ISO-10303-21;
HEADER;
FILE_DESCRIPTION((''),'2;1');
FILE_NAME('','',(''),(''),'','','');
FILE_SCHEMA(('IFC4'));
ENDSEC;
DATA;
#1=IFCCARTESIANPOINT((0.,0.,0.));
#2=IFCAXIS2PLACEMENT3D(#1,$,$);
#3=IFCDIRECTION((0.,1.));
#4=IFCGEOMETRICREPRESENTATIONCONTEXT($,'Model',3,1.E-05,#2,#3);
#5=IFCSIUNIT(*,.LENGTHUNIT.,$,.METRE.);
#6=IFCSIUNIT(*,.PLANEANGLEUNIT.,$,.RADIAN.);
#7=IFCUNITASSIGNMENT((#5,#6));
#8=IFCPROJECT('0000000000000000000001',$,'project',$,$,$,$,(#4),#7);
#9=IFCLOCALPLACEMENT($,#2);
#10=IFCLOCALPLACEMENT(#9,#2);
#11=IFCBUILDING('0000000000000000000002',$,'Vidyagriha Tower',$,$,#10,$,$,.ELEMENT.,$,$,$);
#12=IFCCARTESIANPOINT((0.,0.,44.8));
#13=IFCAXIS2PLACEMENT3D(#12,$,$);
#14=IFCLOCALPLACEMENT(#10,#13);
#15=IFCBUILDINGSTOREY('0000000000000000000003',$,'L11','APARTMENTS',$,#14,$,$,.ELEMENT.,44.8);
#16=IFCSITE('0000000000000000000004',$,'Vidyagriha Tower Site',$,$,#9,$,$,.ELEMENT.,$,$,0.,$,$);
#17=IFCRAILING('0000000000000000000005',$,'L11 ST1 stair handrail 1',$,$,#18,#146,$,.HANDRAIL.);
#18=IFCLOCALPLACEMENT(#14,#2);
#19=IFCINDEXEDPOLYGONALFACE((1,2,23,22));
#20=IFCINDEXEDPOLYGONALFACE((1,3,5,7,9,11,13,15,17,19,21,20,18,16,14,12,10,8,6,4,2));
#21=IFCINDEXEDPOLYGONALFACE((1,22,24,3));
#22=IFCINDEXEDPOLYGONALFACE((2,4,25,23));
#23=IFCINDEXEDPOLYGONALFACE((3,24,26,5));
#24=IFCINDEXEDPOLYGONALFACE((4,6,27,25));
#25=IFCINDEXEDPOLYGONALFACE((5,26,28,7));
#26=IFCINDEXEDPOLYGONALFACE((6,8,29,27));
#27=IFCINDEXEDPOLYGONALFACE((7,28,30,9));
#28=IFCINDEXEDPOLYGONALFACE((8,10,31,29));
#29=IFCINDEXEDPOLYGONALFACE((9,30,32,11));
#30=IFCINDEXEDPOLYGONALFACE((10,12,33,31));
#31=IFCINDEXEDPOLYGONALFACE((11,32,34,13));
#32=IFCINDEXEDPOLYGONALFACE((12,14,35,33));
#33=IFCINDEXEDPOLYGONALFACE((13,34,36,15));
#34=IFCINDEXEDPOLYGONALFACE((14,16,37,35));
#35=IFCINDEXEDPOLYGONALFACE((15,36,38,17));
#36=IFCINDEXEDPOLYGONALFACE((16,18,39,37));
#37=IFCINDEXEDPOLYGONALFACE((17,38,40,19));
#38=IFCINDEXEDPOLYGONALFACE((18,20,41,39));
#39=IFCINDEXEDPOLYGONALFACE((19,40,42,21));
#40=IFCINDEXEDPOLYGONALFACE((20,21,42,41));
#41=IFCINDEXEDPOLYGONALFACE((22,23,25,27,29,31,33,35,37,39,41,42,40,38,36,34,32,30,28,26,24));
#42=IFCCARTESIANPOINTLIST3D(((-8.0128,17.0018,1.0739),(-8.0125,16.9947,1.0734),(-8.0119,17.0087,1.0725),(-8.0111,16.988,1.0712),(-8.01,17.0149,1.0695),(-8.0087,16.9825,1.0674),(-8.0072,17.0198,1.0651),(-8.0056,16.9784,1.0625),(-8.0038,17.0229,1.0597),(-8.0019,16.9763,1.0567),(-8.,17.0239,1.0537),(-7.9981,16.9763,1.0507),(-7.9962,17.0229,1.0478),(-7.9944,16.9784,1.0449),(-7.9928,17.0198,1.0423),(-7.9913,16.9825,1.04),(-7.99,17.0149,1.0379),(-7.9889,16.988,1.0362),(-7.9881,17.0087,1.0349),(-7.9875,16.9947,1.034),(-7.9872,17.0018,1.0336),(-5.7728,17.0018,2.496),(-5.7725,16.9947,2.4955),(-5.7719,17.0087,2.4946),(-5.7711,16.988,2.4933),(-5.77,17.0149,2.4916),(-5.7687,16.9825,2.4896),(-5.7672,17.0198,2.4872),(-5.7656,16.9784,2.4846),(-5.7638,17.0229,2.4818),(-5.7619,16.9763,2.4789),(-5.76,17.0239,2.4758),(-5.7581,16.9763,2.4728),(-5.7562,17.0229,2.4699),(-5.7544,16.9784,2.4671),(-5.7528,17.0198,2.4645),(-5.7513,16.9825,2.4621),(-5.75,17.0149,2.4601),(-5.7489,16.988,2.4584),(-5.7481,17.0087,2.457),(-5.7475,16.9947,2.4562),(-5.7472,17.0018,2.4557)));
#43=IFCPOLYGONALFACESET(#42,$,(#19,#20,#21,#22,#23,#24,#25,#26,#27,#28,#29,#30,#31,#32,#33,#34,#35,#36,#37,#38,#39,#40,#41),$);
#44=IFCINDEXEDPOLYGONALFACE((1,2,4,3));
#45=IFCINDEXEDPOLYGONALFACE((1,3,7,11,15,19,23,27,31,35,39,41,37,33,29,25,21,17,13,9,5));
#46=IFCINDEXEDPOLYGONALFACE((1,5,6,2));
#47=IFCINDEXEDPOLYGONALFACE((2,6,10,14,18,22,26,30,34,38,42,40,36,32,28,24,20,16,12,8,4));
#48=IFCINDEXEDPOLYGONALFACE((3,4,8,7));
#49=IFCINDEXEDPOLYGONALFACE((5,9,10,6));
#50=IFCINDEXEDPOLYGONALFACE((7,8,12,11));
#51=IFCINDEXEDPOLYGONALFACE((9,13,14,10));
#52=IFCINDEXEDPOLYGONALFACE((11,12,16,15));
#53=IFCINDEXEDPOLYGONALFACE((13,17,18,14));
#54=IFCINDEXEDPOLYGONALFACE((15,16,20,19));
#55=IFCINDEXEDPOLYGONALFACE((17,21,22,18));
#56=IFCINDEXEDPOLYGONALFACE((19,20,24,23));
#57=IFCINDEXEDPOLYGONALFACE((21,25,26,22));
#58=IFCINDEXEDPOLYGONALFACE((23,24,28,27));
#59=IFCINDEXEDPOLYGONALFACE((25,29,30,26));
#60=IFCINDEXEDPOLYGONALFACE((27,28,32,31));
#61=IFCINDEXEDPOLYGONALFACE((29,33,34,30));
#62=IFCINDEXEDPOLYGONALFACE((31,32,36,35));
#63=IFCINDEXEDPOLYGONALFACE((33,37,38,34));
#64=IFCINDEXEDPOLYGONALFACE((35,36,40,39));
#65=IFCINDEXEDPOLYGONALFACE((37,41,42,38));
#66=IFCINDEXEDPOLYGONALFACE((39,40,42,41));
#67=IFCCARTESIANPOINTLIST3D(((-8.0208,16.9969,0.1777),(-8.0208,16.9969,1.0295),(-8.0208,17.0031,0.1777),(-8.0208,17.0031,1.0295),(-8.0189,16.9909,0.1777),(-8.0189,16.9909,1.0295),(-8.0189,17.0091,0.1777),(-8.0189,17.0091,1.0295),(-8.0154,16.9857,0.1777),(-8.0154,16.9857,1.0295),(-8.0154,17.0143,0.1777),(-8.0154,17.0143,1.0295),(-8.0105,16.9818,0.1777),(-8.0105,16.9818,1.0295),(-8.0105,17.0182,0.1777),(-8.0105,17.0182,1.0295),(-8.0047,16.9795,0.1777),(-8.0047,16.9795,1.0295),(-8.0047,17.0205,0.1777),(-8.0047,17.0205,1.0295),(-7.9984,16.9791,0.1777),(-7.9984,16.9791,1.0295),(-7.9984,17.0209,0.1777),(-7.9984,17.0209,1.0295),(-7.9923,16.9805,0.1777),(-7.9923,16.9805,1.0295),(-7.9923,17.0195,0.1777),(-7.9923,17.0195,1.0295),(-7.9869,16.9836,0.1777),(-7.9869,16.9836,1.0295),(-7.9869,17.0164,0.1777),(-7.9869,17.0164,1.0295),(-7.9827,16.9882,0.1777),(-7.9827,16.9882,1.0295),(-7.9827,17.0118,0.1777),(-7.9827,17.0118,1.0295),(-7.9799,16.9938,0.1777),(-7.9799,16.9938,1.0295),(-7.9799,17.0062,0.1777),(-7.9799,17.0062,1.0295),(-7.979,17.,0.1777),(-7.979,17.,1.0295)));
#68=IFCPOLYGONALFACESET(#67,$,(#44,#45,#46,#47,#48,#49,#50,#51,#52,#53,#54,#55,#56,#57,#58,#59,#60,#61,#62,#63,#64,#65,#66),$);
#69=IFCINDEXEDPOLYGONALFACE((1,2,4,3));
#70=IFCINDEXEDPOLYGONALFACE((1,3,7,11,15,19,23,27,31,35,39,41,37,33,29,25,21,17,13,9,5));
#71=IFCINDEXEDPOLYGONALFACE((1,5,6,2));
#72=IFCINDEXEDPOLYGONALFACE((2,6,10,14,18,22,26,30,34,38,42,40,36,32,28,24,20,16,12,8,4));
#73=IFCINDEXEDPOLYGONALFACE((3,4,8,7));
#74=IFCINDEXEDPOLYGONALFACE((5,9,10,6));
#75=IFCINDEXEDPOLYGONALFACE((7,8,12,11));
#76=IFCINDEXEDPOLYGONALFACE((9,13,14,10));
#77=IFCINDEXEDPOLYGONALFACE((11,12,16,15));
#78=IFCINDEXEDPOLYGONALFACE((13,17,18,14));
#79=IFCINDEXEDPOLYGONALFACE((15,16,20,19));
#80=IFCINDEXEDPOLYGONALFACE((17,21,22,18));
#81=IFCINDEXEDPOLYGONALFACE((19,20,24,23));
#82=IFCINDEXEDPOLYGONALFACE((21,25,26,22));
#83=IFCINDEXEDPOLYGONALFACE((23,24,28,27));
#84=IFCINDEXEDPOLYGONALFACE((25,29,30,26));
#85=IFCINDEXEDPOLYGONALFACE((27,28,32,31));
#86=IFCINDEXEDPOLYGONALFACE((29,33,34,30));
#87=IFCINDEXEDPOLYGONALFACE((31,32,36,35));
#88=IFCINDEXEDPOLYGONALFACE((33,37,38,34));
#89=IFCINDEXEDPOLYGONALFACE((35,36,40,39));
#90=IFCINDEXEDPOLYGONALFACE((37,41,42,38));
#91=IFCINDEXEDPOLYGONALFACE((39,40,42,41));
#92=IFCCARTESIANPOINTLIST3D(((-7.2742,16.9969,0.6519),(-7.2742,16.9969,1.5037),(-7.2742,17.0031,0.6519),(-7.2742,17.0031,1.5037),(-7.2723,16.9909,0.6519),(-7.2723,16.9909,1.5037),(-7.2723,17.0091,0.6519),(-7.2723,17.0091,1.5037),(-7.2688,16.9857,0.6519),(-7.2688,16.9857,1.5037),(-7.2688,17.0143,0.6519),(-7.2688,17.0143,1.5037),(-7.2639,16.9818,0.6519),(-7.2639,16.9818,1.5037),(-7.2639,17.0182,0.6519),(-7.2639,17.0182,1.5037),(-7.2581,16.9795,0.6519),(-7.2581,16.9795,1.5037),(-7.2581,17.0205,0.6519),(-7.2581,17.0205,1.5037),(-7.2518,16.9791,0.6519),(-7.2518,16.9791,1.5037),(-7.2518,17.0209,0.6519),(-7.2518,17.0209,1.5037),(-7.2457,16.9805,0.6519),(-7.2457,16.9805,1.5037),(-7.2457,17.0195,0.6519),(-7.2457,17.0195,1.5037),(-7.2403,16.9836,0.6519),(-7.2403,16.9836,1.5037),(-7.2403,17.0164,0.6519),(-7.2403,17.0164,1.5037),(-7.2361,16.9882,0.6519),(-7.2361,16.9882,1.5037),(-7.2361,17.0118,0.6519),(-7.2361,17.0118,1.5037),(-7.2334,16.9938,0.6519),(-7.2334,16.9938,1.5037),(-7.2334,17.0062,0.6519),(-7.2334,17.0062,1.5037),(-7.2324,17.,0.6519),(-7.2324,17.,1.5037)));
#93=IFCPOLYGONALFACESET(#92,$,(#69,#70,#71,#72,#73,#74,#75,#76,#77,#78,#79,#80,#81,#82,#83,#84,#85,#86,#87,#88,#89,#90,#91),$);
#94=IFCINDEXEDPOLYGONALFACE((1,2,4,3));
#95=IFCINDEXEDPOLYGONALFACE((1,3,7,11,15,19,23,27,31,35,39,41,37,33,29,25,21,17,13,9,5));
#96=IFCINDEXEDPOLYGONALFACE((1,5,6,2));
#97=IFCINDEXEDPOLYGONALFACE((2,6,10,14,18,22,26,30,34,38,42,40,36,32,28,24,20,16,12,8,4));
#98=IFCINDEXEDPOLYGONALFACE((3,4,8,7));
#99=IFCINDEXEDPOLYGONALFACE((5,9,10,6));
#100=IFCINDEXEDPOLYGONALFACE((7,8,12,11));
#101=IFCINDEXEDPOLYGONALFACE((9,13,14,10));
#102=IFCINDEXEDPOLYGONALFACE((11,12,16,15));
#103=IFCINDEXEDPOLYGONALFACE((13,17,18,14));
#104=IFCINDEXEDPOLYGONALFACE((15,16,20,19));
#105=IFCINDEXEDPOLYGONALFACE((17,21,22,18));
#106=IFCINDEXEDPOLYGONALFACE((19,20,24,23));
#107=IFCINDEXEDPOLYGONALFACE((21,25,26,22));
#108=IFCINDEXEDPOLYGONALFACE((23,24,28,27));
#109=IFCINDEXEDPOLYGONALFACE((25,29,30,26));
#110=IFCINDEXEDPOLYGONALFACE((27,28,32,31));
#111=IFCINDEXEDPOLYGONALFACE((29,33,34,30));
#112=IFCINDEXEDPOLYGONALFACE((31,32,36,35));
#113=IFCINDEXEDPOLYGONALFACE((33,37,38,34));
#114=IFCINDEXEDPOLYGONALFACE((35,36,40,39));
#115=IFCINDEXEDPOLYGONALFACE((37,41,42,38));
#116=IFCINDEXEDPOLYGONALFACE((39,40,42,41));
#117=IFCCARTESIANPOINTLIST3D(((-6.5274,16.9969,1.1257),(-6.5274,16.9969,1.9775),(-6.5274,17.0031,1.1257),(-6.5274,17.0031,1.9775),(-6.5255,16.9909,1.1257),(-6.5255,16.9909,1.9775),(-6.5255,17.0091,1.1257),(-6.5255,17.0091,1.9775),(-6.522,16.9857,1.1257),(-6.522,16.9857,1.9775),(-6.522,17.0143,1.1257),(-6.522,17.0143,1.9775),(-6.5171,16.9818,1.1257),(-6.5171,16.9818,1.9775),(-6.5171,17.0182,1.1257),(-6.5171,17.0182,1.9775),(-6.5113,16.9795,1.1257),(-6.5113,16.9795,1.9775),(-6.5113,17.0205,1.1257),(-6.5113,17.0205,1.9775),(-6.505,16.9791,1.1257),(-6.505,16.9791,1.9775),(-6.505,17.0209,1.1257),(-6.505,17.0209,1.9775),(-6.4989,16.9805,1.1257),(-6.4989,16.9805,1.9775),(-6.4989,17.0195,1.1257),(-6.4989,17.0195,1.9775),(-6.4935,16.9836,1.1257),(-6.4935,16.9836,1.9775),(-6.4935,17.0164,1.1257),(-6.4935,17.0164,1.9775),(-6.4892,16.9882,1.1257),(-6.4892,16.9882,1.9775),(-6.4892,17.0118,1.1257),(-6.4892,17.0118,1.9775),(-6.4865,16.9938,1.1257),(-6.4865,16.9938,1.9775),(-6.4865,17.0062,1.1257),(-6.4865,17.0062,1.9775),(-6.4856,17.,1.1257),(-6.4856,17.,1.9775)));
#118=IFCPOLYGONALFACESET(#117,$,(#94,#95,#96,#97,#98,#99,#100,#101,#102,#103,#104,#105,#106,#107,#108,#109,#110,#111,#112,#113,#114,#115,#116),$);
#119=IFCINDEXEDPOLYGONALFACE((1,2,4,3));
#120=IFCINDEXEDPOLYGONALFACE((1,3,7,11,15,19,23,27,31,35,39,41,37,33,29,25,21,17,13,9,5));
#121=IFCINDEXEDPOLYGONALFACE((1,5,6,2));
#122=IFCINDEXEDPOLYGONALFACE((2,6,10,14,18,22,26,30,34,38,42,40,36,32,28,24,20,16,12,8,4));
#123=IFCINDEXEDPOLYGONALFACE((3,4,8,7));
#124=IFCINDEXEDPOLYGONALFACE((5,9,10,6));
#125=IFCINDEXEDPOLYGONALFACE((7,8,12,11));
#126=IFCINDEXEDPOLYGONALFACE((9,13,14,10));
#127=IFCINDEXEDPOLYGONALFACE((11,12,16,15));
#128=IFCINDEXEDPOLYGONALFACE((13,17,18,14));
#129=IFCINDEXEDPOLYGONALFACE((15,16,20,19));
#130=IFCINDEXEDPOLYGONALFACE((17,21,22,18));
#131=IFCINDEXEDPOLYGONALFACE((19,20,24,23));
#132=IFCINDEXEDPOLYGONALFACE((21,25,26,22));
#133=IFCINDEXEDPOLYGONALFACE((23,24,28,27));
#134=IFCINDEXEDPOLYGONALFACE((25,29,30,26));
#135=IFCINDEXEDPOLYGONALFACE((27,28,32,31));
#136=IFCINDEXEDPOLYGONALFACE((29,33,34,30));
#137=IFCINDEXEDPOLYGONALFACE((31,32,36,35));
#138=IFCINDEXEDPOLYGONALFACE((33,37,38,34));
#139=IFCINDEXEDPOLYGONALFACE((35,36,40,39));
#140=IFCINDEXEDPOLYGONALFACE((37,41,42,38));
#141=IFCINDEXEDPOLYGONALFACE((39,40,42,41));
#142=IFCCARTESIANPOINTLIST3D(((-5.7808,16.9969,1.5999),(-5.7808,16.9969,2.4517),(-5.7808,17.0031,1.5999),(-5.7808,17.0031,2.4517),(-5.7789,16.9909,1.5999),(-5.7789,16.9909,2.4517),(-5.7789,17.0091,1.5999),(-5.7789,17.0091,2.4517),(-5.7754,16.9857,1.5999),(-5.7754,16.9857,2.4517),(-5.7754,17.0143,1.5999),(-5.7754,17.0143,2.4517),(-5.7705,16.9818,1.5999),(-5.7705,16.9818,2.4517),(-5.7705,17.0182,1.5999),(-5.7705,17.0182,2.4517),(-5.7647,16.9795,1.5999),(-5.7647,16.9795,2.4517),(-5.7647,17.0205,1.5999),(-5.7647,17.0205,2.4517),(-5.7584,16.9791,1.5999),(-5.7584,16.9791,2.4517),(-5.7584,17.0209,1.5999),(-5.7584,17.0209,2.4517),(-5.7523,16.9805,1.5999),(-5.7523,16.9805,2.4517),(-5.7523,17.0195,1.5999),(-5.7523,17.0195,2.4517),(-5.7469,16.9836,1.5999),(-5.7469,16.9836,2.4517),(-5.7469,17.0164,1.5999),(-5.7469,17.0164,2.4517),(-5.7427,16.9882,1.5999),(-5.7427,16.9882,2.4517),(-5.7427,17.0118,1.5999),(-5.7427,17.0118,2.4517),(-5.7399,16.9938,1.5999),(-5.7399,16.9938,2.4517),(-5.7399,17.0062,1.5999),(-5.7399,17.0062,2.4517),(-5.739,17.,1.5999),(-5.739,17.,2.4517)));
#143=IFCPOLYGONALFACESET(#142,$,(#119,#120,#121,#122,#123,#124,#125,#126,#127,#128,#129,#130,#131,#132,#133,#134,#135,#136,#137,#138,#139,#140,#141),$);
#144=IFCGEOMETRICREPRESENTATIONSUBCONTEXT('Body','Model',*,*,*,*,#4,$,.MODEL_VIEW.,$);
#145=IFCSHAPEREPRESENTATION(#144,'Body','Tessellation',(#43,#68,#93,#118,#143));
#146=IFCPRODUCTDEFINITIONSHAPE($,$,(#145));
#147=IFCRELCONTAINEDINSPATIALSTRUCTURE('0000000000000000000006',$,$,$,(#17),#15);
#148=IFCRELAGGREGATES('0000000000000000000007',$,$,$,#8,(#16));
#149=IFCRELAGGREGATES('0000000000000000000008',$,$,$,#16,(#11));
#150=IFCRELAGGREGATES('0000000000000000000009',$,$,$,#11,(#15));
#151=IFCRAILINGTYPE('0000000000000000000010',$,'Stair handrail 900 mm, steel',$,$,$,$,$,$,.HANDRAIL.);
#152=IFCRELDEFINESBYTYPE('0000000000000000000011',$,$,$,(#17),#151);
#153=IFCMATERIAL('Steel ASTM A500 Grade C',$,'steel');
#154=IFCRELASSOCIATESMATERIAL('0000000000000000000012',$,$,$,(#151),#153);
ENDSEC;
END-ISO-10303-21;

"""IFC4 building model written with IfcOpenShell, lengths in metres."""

from ifc_helpers import new_model, si_unit, direction, frame, origin, origin_2d, place, context, subcontext, project, spatial, circle, extrude, material, type_object, element, save


model = new_model("IFC4")

# Units and contexts
model_context = context("Model", 3, precision=1e-05, world=origin(), true_north=direction((0.0, 1.0)))
body_context = subcontext(model_context, "Body", "Model", "MODEL_VIEW")
ifc_project = project(units=[si_unit("LENGTHUNIT", "METRE"), si_unit("PLANEANGLEUNIT", "RADIAN")], contexts=[model_context])

# Site, building, storey
site_placement = place(None, origin())
site = spatial("IfcSite", under=ifc_project, at=site_placement, Name="Vidyagriha Tower Site", CompositionType="ELEMENT", RefElevation=0.0)
building_placement = place(site_placement, origin())
building = spatial("IfcBuilding", under=site, at=building_placement, Name="Vidyagriha Tower", CompositionType="ELEMENT")
storey_placement = place(building_placement, frame((0.0, 0.0, 44.8)))
storey = spatial("IfcBuildingStorey", under=building, at=storey_placement, Name="L11", Description="APARTMENTS", CompositionType="ELEMENT", Elevation=44.8)

# Railing
ifc_material_1 = material(Name="Steel ASTM A500 Grade C", Category="steel")
railing_type_1 = type_object("IfcRailingType", Name="Stair handrail 900 mm, steel", PredefinedType="HANDRAIL", material=ifc_material_1)
railing_1_placement = place(storey_placement, frame((-8.0, 17.0, 0.1777)))
element("IfcRailing", 1, at=railing_1_placement, inside=storey, type_object=railing_type_1, Name="L11 ST1 stair handrail 1", PredefinedType="HANDRAIL", context=body_context, shape_type="SweptSolid", body=[
    extrude(circle(Radius=0.0239, at=origin_2d()), frame((0.0, 0.0, 0.876), z_axis=(0.844229, 0.0, 0.535982), x_axis=(0.0, 1.0, 0.0)), (0.0, 0.0, 1.0), 2.6533),
    extrude(circle(Radius=0.021, at=origin_2d()), origin(), (0.0, 0.0, 1.0), 0.8518),
    extrude(circle(Radius=0.021, at=origin_2d()), frame((0.7466, 0.0, 0.4741)), (0.0, 0.0, 1.0), 0.8518),
    extrude(circle(Radius=0.021, at=origin_2d()), frame((1.4934, 0.0, 0.948)), (0.0, 0.0, 1.0), 0.8518),
    extrude(circle(Radius=0.021, at=origin_2d()), frame((2.24, 0.0, 1.4221)), (0.0, 0.0, 1.0), 0.8518),
])

save(model, "model.ifc")
